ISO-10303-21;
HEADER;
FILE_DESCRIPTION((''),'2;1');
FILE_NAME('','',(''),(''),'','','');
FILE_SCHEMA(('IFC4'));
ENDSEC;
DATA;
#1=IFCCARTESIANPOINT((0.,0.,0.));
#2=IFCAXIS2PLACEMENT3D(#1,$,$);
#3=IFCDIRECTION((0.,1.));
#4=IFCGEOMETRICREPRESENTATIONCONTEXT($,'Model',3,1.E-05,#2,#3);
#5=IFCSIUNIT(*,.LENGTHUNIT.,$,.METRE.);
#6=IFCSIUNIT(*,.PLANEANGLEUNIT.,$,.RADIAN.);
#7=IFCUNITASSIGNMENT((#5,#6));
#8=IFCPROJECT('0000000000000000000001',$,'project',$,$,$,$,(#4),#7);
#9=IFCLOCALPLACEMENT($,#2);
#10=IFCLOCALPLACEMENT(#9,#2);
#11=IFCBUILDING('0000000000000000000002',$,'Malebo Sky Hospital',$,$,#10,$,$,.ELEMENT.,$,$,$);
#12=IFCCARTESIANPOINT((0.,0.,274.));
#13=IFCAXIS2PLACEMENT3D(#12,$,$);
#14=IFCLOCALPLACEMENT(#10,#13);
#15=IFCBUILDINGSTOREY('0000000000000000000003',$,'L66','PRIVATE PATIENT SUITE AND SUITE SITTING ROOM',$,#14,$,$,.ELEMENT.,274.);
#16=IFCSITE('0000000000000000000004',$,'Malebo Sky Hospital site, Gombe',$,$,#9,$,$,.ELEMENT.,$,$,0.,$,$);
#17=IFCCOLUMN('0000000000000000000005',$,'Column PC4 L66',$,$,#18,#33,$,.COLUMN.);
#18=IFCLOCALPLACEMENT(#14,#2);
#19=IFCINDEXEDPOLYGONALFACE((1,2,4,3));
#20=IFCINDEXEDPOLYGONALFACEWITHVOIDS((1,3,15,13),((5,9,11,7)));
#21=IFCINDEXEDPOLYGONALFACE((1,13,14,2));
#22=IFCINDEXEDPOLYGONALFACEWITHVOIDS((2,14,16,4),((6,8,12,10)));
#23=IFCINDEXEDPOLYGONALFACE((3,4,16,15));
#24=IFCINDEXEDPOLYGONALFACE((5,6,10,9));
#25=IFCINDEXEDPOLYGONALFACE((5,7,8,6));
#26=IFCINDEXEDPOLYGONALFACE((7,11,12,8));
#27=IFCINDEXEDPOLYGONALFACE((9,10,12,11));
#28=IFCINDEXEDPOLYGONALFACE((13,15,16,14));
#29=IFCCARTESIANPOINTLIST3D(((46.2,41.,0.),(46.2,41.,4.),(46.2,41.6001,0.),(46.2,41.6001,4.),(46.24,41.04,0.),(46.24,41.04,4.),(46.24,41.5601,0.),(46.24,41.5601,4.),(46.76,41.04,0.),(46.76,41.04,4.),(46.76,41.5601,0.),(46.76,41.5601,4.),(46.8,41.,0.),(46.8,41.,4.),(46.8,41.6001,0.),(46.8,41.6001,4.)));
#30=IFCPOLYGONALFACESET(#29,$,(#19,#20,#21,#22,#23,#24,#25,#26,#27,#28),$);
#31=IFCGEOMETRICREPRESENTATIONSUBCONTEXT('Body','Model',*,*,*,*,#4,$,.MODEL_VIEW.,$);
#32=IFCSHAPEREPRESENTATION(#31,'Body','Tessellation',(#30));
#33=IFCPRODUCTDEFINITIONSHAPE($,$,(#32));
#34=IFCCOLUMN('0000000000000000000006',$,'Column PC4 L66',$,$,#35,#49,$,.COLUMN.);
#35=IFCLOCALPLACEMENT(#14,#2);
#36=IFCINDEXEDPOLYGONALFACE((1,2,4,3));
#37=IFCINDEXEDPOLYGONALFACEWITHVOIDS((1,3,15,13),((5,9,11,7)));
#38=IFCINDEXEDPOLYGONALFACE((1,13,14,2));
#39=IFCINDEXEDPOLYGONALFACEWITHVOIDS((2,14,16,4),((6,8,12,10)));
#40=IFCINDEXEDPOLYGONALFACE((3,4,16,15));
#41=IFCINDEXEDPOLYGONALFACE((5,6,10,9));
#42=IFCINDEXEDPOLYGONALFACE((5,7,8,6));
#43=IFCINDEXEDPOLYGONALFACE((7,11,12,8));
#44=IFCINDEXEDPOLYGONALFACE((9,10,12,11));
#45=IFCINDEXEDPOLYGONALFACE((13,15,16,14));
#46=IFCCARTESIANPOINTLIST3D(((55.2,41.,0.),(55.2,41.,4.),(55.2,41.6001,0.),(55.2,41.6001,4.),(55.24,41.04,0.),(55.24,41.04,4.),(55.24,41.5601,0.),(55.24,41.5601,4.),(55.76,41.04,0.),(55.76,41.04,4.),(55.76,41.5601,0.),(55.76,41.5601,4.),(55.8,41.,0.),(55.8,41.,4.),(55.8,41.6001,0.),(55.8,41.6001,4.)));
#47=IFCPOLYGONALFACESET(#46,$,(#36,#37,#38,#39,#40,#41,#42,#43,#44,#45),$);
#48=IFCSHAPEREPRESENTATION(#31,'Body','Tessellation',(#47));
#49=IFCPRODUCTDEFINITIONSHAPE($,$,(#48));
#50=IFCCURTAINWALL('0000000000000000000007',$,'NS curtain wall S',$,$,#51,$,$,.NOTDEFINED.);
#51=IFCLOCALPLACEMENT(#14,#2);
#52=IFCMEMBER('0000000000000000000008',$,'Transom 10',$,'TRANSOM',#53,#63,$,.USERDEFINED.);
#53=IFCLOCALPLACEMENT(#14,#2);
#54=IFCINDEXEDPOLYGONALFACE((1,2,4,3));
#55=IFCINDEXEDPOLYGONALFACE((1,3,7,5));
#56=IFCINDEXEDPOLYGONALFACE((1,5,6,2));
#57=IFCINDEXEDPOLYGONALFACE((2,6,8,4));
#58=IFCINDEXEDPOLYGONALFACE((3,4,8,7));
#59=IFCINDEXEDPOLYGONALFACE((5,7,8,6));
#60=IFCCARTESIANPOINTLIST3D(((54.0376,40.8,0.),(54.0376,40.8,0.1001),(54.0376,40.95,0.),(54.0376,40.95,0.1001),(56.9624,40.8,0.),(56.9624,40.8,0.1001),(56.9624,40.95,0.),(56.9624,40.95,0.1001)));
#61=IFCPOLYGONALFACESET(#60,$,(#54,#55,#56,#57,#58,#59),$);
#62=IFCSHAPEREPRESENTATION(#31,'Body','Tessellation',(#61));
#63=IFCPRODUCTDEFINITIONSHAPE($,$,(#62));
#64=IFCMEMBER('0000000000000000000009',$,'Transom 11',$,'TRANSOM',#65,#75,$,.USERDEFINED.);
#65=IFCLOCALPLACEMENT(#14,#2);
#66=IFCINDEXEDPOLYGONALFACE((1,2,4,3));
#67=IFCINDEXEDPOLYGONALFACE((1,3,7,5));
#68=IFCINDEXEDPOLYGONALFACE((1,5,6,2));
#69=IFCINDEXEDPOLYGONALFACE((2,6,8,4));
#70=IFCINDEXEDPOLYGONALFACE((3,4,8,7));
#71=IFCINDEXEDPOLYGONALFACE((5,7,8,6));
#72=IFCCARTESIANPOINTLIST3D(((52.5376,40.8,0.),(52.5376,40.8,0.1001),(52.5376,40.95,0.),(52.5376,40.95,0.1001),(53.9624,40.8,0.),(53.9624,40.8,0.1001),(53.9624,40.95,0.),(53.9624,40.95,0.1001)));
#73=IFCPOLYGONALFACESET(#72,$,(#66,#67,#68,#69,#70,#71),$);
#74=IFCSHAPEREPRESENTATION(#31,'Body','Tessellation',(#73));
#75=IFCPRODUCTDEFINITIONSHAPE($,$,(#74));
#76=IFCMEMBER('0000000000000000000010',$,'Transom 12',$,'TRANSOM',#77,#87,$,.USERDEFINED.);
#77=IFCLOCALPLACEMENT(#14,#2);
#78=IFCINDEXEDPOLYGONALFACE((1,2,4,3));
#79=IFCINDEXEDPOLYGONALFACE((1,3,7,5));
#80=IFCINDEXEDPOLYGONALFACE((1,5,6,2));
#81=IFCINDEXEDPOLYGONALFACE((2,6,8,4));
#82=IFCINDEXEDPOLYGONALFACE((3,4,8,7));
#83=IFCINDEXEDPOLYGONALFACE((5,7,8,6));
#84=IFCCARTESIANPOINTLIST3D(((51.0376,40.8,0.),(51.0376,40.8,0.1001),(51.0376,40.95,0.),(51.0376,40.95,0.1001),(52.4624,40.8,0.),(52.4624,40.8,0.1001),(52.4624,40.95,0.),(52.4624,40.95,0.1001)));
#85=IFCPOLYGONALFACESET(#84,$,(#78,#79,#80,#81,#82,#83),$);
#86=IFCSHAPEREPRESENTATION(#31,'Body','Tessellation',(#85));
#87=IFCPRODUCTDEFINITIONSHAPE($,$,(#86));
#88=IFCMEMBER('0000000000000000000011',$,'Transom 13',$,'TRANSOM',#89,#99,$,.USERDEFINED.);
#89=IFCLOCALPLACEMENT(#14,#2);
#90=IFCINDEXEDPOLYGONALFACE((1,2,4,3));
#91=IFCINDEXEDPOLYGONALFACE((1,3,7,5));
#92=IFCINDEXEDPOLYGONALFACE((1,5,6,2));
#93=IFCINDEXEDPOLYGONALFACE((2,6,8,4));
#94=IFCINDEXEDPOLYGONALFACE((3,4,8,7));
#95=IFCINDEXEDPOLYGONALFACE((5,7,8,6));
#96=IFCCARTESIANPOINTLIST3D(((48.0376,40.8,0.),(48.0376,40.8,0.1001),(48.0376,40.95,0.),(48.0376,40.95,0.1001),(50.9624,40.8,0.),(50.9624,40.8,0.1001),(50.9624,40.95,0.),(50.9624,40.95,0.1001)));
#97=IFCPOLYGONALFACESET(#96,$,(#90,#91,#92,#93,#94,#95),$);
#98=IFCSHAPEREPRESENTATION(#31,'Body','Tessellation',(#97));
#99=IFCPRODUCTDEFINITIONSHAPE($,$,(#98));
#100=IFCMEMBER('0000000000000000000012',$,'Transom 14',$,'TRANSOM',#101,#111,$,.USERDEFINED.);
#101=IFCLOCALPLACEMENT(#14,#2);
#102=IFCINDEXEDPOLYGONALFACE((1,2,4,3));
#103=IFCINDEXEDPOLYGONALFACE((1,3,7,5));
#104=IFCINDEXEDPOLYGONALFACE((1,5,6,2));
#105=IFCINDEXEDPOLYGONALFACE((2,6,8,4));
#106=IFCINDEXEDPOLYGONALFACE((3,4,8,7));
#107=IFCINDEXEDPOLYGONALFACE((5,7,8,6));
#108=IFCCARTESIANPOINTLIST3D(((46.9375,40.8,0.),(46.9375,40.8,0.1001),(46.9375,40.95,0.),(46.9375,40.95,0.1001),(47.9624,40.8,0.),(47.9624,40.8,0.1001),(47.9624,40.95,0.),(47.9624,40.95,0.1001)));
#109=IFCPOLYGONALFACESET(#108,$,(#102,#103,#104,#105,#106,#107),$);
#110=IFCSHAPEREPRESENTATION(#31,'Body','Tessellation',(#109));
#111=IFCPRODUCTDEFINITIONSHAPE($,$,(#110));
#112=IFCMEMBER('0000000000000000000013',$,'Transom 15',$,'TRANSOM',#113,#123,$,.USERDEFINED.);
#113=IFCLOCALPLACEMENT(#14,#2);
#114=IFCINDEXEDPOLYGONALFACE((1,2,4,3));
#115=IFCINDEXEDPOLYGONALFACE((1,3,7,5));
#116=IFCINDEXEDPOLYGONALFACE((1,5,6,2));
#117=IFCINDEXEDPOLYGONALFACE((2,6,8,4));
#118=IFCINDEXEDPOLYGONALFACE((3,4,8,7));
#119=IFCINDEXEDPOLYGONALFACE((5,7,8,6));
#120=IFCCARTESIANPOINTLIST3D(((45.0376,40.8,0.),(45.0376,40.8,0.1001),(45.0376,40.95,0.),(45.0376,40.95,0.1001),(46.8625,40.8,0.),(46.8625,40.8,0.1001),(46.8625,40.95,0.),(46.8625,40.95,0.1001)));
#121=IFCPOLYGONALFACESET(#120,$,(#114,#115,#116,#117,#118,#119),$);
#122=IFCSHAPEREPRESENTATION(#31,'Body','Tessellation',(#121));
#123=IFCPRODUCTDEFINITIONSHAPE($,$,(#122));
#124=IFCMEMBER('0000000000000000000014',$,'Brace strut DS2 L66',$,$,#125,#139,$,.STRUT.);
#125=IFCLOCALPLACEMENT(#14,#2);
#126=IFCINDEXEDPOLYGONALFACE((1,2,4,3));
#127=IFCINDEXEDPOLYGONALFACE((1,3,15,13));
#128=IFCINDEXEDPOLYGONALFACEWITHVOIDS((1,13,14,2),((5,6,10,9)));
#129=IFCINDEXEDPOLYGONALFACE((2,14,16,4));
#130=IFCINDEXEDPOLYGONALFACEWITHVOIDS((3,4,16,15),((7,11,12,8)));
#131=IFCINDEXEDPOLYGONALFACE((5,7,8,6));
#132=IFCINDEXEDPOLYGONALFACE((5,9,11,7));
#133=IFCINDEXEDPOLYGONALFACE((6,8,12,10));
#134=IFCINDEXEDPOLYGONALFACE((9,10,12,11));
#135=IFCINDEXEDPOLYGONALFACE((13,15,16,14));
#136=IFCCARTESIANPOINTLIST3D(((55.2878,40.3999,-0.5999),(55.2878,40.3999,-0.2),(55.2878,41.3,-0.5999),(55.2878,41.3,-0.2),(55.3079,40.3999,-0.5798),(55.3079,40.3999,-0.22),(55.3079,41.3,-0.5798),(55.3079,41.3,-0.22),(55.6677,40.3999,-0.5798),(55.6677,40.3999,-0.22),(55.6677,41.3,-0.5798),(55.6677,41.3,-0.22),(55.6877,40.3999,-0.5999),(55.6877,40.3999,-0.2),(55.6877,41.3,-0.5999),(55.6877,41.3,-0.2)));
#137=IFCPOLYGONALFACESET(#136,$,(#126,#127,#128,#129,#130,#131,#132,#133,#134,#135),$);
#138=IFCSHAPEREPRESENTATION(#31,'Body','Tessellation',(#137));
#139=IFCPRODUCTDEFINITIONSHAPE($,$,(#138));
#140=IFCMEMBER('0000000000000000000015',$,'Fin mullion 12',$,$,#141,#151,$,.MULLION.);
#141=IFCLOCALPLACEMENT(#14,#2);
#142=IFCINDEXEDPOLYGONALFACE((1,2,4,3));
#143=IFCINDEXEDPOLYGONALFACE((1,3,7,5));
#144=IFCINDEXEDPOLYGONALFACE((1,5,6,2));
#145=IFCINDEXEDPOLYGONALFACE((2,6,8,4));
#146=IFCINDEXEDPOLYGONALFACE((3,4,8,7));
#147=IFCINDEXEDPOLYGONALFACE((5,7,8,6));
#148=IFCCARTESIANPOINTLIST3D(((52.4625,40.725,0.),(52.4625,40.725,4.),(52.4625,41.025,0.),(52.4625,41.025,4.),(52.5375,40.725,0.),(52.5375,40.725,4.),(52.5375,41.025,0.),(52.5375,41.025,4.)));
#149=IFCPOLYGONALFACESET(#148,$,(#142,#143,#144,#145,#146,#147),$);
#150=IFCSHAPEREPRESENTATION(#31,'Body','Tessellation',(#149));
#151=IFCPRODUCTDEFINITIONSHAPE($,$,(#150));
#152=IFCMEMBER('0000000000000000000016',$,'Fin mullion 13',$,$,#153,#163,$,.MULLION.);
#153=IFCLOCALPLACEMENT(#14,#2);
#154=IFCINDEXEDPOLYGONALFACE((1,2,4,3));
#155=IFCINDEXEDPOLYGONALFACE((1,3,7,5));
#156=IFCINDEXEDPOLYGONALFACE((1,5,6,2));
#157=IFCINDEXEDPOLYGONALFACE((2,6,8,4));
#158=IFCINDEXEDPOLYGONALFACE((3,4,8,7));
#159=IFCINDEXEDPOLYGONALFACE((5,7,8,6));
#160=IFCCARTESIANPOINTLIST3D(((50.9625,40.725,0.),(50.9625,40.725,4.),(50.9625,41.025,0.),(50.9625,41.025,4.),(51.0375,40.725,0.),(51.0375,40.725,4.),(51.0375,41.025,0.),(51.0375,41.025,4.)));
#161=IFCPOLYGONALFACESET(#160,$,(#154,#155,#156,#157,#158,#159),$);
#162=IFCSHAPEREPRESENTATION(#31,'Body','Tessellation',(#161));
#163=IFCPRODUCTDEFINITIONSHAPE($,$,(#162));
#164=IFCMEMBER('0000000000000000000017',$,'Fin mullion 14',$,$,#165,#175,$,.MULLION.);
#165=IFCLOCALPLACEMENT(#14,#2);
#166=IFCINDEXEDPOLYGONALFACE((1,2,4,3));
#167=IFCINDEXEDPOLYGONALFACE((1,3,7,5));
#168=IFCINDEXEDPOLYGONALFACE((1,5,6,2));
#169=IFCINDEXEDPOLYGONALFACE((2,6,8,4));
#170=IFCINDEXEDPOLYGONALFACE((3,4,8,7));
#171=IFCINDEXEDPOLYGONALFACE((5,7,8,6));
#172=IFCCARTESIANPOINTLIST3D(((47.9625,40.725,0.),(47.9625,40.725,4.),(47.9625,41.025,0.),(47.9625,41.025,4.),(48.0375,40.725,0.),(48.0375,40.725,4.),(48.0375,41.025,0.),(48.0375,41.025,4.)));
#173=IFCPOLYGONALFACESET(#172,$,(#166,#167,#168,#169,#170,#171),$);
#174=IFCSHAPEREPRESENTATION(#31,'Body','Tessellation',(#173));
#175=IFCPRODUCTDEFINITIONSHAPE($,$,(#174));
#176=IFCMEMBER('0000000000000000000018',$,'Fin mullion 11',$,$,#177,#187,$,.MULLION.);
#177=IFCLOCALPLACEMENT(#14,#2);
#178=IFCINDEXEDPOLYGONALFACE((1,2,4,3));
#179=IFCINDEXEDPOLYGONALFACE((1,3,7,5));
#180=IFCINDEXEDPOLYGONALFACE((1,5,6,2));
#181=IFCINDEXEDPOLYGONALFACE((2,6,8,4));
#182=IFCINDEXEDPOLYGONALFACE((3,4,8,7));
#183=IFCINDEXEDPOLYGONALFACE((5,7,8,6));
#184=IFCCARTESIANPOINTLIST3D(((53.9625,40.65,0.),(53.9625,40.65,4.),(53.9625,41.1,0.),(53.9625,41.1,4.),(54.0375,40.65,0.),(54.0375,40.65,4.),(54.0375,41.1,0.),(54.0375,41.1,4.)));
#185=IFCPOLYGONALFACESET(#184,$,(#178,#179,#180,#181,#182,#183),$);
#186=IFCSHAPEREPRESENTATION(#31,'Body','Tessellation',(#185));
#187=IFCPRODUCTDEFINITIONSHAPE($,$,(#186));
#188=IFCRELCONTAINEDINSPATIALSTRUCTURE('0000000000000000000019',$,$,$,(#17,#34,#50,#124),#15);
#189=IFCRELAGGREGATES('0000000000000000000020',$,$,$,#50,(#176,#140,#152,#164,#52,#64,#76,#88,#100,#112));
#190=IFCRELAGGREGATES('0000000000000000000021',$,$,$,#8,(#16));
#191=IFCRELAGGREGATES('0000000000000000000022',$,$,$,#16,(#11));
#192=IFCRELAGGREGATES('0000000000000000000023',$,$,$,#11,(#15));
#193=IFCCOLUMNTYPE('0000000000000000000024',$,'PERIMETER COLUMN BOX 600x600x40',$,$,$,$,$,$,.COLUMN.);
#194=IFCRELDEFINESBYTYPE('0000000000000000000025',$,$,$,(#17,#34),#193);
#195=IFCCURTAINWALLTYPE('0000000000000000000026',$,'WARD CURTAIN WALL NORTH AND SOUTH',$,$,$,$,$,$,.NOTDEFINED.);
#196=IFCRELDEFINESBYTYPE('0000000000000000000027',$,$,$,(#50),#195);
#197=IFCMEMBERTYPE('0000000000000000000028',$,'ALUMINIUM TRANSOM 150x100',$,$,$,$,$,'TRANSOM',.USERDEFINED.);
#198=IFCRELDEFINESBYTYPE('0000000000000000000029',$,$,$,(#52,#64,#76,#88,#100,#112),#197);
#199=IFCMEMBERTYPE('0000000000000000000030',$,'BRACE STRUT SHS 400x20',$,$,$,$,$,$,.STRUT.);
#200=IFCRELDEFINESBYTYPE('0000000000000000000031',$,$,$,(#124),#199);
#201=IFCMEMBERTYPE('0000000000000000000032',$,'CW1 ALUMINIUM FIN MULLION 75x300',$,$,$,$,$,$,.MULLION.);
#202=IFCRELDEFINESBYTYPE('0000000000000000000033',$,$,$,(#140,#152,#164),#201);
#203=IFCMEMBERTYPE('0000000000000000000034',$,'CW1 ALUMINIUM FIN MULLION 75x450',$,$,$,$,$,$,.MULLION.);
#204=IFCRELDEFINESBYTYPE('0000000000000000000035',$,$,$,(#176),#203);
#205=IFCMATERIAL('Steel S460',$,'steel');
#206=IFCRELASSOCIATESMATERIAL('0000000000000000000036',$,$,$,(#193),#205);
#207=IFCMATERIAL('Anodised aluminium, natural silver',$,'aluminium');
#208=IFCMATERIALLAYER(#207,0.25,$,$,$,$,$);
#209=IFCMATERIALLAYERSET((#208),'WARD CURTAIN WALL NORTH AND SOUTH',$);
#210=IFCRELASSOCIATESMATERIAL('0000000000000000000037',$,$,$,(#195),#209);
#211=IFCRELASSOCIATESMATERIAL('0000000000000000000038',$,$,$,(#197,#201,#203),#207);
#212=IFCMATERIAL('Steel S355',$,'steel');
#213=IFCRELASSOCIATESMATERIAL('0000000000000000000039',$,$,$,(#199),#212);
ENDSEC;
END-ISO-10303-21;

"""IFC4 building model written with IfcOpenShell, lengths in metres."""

from ifc_helpers import new_model, si_unit, direction, frame, origin, origin_2d, place, context, subcontext, project, spatial, rectangle, hollow_rectangle, extrude, material, layer, layer_set, material_profile, profile_set, type_object, element, aggregate, save


model = new_model("IFC4")

# Units and contexts
model_context = context("Model", 3, precision=1e-05, world=origin(), true_north=direction((0.0, 1.0)))
body_context = subcontext(model_context, "Body", "Model", "MODEL_VIEW")
ifc_project = project(units=[si_unit("LENGTHUNIT", "METRE"), si_unit("PLANEANGLEUNIT", "RADIAN")], contexts=[model_context])

# Site, building, storey
site_placement = place(None, origin())
site = spatial("IfcSite", under=ifc_project, at=site_placement, Name="Malebo Sky Hospital site, Gombe", CompositionType="ELEMENT", RefElevation=0.0)
building_placement = place(site_placement, origin())
building = spatial("IfcBuilding", under=site, at=building_placement, Name="Malebo Sky Hospital", CompositionType="ELEMENT")
storey_placement = place(building_placement, frame((0.0, 0.0, 274.0)))
storey = spatial("IfcBuildingStorey", under=building, at=storey_placement, Name="L66", Description="PRIVATE PATIENT SUITE AND SUITE SITTING ROOM", CompositionType="ELEMENT", Elevation=274.0)

# Columns
ifc_material_1 = material(Name="Steel S460", Category="steel")
ifc_material_profile_1 = material_profile(ifc_material_1, hollow_rectangle(XDim=0.6001, YDim=0.6001, WallThickness=0.04, at=origin_2d()), Name="BOX 600x600x40")
ifc_profile_set_1 = profile_set([ifc_material_profile_1], Name="Steel S460")
column_type = type_object("IfcColumnType", Name="PERIMETER COLUMN BOX 600x600x40", PredefinedType="COLUMN", material=ifc_profile_set_1)
for number, where, z_axis, x_axis, name in (
    (1, (46.5, 41.3, 0.0), (0.0, 0.0, 1.0), (1.0, 0.0, 0.0), "Column PC4 L66"),
    (2, (55.5, 41.3, 0.0), (0.0, 0.0, 1.0), (1.0, 0.0, 0.0), "Column PC4 L66"),
):
    element("IfcColumn", number, at=place(storey_placement, frame(where, z_axis=z_axis, x_axis=x_axis)), inside=storey, type_object=column_type, Name=name, PredefinedType="COLUMN", context=body_context, shape_type="SweptSolid", body=[
        extrude(hollow_rectangle(XDim=0.6001, YDim=0.6001, WallThickness=0.04, at=origin_2d()), origin(), (0.0, 0.0, 1.0), 4.0),
    ])

# Curtain wall, members
ifc_material_2 = material(Name="Anodised aluminium, natural silver", Category="aluminium")
ifc_layer_1 = layer(ifc_material_2, 0.25)
ifc_layer_set_1 = layer_set([ifc_layer_1], Name="WARD CURTAIN WALL NORTH AND SOUTH")
curtain_wall_type = type_object("IfcCurtainWallType", Name="WARD CURTAIN WALL NORTH AND SOUTH", PredefinedType="NOTDEFINED", material=ifc_layer_set_1)
curtain_wall_placement = place(storey_placement, origin())
curtain_wall = element("IfcCurtainWall", 3, at=curtain_wall_placement, inside=storey, type_object=curtain_wall_type, Name="NS curtain wall S", PredefinedType="NOTDEFINED")
ifc_material_profile_2 = material_profile(ifc_material_2, rectangle(XDim=0.1499, YDim=0.1001, at=origin_2d()), Name="ALUMINIUM TRANSOM 150x100")
ifc_profile_set_2 = profile_set([ifc_material_profile_2], Name="Anodised aluminium, natural silver")
member_type_1 = type_object("IfcMemberType", Name="ALUMINIUM TRANSOM 150x100", ElementType="TRANSOM", PredefinedType="USERDEFINED", material=ifc_profile_set_2)
member_1_placement = place(storey_placement, frame((56.9624, 40.875, 0.05), z_axis=(-1.0, 0.0, 0.0), x_axis=(0.0, -1.0, 0.0)))
member_1 = element("IfcMember", 4, at=member_1_placement, type_object=member_type_1, Name="Transom 10", ObjectType="TRANSOM", PredefinedType="USERDEFINED", context=body_context, shape_type="SweptSolid", body=[
    extrude(rectangle(XDim=0.1499, YDim=0.1001, at=origin_2d()), origin(), (0.0, 0.0, 1.0), 2.9248),
])
member_2_placement = place(storey_placement, frame((53.9624, 40.875, 0.05), z_axis=(-1.0, 0.0, 0.0), x_axis=(0.0, -1.0, 0.0)))
member_2 = element("IfcMember", 5, at=member_2_placement, type_object=member_type_1, Name="Transom 11", ObjectType="TRANSOM", PredefinedType="USERDEFINED", context=body_context, shape_type="SweptSolid", body=[
    extrude(rectangle(XDim=0.1499, YDim=0.1001, at=origin_2d()), origin(), (0.0, 0.0, 1.0), 1.4248),
])
member_3_placement = place(storey_placement, frame((52.4624, 40.875, 0.05), z_axis=(-1.0, 0.0, 0.0), x_axis=(0.0, -1.0, 0.0)))
member_3 = element("IfcMember", 6, at=member_3_placement, type_object=member_type_1, Name="Transom 12", ObjectType="TRANSOM", PredefinedType="USERDEFINED", context=body_context, shape_type="SweptSolid", body=[
    extrude(rectangle(XDim=0.1499, YDim=0.1001, at=origin_2d()), origin(), (0.0, 0.0, 1.0), 1.4248),
])
member_4_placement = place(storey_placement, frame((50.9624, 40.875, 0.05), z_axis=(-1.0, 0.0, 0.0), x_axis=(0.0, -1.0, 0.0)))
member_4 = element("IfcMember", 7, at=member_4_placement, type_object=member_type_1, Name="Transom 13", ObjectType="TRANSOM", PredefinedType="USERDEFINED", context=body_context, shape_type="SweptSolid", body=[
    extrude(rectangle(XDim=0.1499, YDim=0.1001, at=origin_2d()), origin(), (0.0, 0.0, 1.0), 2.9248),
])
member_5_placement = place(storey_placement, frame((47.9624, 40.875, 0.05), z_axis=(-1.0, 0.0, 0.0), x_axis=(0.0, -1.0, 0.0)))
member_5 = element("IfcMember", 8, at=member_5_placement, type_object=member_type_1, Name="Transom 14", ObjectType="TRANSOM", PredefinedType="USERDEFINED", context=body_context, shape_type="SweptSolid", body=[
    extrude(rectangle(XDim=0.1499, YDim=0.1001, at=origin_2d()), origin(), (0.0, 0.0, 1.0), 1.0249),
])
member_6_placement = place(storey_placement, frame((46.8625, 40.875, 0.05), z_axis=(-1.0, 0.0, 0.0), x_axis=(0.0, -1.0, 0.0)))
member_6 = element("IfcMember", 9, at=member_6_placement, type_object=member_type_1, Name="Transom 15", ObjectType="TRANSOM", PredefinedType="USERDEFINED", context=body_context, shape_type="SweptSolid", body=[
    extrude(rectangle(XDim=0.1499, YDim=0.1001, at=origin_2d()), origin(), (0.0, 0.0, 1.0), 1.825),
])

# Members
ifc_material_3 = material(Name="Steel S355", Category="steel")
ifc_material_profile_3 = material_profile(ifc_material_3, hollow_rectangle(XDim=0.3999, YDim=0.3999, WallThickness=0.02, at=origin_2d()), Name="SHS 400x20")
ifc_profile_set_3 = profile_set([ifc_material_profile_3], Name="Steel S355")
member_type_2 = type_object("IfcMemberType", Name="BRACE STRUT SHS 400x20", PredefinedType="STRUT", material=ifc_profile_set_3)
member_7_placement = place(storey_placement, frame((55.4878, 40.3999, -0.3999), z_axis=(0.0, 1.0, 0.0), x_axis=(-1.0, 0.0, 0.0)))
element("IfcMember", 10, at=member_7_placement, inside=storey, type_object=member_type_2, Name="Brace strut DS2 L66", PredefinedType="STRUT", context=body_context, shape_type="SweptSolid", body=[
    extrude(hollow_rectangle(XDim=0.3999, YDim=0.3999, WallThickness=0.02, at=origin_2d()), origin(), (0.0, 0.0, 1.0), 0.9001),
])
ifc_material_profile_4 = material_profile(ifc_material_2, rectangle(XDim=0.075, YDim=0.3, at=origin_2d()), Name="CW1 ALUMINIUM FIN MULLION 75x300")
ifc_profile_set_4 = profile_set([ifc_material_profile_4], Name="Anodised aluminium, natural silver")
member_type_3 = type_object("IfcMemberType", Name="CW1 ALUMINIUM FIN MULLION 75x300", PredefinedType="MULLION", material=ifc_profile_set_4)
member_8_placement = place(storey_placement, frame((52.5, 40.875, 0.0), z_axis=(0.0, 0.0, 1.0), x_axis=(-1.0, 0.0, 0.0)))
member_8 = element("IfcMember", 11, at=member_8_placement, type_object=member_type_3, Name="Fin mullion 12", PredefinedType="MULLION", context=body_context, shape_type="SweptSolid", body=[
    extrude(rectangle(XDim=0.075, YDim=0.3, at=origin_2d()), origin(), (0.0, 0.0, 1.0), 4.0),
])
member_9_placement = place(storey_placement, frame((51.0, 40.875, 0.0), z_axis=(0.0, 0.0, 1.0), x_axis=(-1.0, 0.0, 0.0)))
member_9 = element("IfcMember", 12, at=member_9_placement, type_object=member_type_3, Name="Fin mullion 13", PredefinedType="MULLION", context=body_context, shape_type="SweptSolid", body=[
    extrude(rectangle(XDim=0.075, YDim=0.3, at=origin_2d()), origin(), (0.0, 0.0, 1.0), 4.0),
])
member_10_placement = place(storey_placement, frame((48.0, 40.875, 0.0), z_axis=(0.0, 0.0, 1.0), x_axis=(-1.0, 0.0, 0.0)))
member_10 = element("IfcMember", 13, at=member_10_placement, type_object=member_type_3, Name="Fin mullion 14", PredefinedType="MULLION", context=body_context, shape_type="SweptSolid", body=[
    extrude(rectangle(XDim=0.075, YDim=0.3, at=origin_2d()), origin(), (0.0, 0.0, 1.0), 4.0),
])
ifc_material_profile_5 = material_profile(ifc_material_2, rectangle(XDim=0.075, YDim=0.45, at=origin_2d()), Name="CW1 ALUMINIUM FIN MULLION 75x450")
ifc_profile_set_5 = profile_set([ifc_material_profile_5], Name="Anodised aluminium, natural silver")
member_type_4 = type_object("IfcMemberType", Name="CW1 ALUMINIUM FIN MULLION 75x450", PredefinedType="MULLION", material=ifc_profile_set_5)
member_11_placement = place(storey_placement, frame((54.0, 40.875, 0.0), z_axis=(0.0, 0.0, 1.0), x_axis=(-1.0, 0.0, 0.0)))
member_11 = element("IfcMember", 14, at=member_11_placement, type_object=member_type_4, Name="Fin mullion 11", PredefinedType="MULLION", context=body_context, shape_type="SweptSolid", body=[
    extrude(rectangle(XDim=0.075, YDim=0.45, at=origin_2d()), origin(), (0.0, 0.0, 1.0), 4.0),
])

aggregate(curtain_wall, [member_11, member_8, member_9, member_10, member_1, member_2, member_3, member_4, member_5, member_6])

save(model, "model.ifc")
